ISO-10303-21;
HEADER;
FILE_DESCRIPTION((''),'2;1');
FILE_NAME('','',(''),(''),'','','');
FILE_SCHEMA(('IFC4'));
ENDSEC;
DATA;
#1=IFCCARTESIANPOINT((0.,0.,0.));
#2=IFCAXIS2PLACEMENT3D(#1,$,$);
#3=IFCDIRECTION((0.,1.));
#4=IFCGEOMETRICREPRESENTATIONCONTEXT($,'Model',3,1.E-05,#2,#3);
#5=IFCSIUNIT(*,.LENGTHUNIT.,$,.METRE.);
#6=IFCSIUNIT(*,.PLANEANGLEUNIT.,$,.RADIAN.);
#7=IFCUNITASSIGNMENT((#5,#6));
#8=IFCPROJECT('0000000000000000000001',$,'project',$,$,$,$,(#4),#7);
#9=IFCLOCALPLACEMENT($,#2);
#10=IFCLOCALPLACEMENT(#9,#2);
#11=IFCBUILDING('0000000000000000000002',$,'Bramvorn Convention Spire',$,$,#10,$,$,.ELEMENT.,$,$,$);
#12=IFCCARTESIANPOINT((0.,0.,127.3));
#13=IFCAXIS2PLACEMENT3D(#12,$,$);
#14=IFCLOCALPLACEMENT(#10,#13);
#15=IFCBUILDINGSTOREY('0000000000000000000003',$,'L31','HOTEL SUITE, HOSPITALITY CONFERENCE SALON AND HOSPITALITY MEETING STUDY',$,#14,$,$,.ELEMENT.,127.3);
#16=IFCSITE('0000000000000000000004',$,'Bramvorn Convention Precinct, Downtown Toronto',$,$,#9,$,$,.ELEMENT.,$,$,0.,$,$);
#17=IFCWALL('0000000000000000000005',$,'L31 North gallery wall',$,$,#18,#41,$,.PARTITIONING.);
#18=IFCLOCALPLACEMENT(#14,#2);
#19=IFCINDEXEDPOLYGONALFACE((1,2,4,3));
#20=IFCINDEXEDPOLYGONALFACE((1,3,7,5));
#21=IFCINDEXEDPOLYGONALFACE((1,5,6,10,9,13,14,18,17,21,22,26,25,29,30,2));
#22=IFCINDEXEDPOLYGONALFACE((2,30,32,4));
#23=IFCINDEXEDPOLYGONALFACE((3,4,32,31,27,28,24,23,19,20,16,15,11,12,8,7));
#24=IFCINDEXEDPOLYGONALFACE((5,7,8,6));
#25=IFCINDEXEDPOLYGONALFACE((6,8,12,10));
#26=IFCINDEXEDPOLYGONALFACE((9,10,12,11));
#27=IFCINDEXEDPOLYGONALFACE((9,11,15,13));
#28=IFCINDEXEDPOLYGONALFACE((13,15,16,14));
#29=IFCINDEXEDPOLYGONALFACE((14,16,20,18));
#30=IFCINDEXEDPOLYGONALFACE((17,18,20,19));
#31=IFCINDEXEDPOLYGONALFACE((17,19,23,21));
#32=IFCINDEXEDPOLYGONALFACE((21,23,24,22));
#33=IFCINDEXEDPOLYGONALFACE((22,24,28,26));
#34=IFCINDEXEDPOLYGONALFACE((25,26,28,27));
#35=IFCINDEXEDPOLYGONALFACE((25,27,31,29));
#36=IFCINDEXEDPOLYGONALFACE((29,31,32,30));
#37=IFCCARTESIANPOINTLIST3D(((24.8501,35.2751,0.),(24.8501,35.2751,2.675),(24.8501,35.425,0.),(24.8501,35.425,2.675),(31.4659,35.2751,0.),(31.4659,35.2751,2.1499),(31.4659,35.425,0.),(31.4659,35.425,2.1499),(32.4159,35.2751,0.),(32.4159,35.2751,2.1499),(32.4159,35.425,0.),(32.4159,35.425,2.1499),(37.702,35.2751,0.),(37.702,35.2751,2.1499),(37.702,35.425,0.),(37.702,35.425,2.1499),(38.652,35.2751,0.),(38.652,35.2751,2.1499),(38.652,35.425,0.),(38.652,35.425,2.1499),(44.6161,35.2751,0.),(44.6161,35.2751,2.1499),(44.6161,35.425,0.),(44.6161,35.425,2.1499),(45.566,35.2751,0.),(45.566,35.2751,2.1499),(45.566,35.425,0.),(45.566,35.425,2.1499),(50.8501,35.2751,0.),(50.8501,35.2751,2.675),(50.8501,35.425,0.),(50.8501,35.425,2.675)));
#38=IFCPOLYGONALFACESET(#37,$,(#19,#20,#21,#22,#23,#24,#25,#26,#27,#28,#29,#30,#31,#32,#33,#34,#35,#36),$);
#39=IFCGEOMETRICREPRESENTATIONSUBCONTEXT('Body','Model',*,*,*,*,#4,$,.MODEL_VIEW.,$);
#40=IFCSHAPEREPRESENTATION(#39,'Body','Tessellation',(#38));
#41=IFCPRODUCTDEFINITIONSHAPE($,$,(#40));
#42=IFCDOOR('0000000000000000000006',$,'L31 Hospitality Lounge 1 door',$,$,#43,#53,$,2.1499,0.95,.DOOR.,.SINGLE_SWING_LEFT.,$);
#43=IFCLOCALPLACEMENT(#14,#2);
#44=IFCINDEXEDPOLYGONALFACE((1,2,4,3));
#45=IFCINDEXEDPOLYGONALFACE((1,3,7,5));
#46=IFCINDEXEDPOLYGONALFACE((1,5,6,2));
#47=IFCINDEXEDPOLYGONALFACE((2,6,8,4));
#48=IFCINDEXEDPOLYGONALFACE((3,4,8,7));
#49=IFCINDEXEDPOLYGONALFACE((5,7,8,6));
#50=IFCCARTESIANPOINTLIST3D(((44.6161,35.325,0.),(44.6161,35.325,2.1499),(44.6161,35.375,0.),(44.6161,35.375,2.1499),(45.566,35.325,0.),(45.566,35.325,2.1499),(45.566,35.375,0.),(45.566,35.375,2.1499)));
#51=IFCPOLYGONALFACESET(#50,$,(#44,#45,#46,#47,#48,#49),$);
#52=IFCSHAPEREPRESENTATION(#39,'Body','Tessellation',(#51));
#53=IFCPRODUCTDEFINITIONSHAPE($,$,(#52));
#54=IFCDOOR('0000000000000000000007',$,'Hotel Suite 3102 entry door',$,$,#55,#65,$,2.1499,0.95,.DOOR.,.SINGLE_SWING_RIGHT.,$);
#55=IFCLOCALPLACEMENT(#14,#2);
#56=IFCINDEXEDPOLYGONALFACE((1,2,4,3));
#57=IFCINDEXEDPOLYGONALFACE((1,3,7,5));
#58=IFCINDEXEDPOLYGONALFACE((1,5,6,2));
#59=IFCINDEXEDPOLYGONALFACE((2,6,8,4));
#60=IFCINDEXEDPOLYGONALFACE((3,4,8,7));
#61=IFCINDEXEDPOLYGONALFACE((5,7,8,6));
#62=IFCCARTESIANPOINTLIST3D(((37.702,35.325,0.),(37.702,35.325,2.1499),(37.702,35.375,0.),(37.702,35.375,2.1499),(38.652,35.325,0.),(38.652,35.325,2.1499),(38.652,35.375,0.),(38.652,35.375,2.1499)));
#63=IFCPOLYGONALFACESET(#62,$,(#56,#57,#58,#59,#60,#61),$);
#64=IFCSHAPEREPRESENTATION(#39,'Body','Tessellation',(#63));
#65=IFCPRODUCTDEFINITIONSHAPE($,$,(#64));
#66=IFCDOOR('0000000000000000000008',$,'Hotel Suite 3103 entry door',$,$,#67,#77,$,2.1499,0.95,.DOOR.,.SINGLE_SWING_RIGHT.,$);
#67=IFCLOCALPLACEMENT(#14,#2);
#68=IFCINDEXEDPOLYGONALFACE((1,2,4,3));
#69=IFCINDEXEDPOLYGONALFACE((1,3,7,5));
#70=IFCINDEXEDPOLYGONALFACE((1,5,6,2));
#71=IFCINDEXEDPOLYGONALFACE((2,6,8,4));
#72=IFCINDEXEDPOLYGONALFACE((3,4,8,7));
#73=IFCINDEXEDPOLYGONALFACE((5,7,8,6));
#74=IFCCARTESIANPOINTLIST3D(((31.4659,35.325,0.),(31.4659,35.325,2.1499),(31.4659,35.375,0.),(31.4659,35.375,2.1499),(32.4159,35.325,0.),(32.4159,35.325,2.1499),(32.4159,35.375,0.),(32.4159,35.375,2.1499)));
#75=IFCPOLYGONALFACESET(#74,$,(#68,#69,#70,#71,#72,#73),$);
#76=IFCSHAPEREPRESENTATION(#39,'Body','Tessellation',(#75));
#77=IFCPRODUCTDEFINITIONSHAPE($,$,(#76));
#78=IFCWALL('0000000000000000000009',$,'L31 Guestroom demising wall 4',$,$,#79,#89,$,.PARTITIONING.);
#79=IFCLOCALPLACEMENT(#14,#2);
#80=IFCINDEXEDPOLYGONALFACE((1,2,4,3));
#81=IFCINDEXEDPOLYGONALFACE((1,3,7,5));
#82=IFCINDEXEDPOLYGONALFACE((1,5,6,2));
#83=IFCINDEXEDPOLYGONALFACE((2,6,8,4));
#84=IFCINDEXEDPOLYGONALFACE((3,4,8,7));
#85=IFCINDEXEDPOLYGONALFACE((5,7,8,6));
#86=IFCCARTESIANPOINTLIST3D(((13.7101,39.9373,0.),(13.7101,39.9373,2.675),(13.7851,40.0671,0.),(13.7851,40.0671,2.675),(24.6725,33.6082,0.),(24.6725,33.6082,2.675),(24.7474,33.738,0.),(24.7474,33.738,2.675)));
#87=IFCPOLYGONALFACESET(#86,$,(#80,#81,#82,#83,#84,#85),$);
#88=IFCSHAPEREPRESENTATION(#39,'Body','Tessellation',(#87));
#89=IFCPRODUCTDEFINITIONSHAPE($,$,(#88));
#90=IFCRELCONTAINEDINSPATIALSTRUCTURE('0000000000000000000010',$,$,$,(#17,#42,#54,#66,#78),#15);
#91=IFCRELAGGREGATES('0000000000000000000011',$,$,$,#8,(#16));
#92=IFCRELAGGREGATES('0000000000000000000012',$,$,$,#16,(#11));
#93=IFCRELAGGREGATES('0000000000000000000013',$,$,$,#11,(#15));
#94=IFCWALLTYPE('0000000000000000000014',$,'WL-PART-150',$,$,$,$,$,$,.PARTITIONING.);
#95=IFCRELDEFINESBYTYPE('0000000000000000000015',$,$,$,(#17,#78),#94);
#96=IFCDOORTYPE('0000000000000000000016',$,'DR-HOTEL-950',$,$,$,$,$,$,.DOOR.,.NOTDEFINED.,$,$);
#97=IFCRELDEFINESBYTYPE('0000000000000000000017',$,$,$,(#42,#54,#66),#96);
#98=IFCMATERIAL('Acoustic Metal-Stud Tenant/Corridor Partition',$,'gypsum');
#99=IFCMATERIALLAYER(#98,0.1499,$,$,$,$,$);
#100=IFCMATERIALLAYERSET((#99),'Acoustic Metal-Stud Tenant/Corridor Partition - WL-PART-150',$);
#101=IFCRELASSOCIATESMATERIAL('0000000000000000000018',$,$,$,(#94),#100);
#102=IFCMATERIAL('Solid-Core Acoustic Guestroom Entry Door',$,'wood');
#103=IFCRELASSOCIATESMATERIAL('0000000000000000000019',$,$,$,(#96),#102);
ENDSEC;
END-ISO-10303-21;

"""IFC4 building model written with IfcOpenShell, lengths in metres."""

from ifc_helpers import new_model, si_unit, direction, frame, frame_2d, origin, place, context, subcontext, project, spatial, rectangle, extrude, material, layer, layer_set, type_object, element, fill, save


model = new_model("IFC4")

# Units and contexts
model_context = context("Model", 3, precision=1e-05, world=origin(), true_north=direction((0.0, 1.0)))
body_context = subcontext(model_context, "Body", "Model", "MODEL_VIEW")
ifc_project = project(units=[si_unit("LENGTHUNIT", "METRE"), si_unit("PLANEANGLEUNIT", "RADIAN")], contexts=[model_context])

# Site, building, storey
site_placement = place(None, origin())
site = spatial("IfcSite", under=ifc_project, at=site_placement, Name="Bramvorn Convention Precinct, Downtown Toronto", CompositionType="ELEMENT", RefElevation=0.0)
building_placement = place(site_placement, origin())
building = spatial("IfcBuilding", under=site, at=building_placement, Name="Bramvorn Convention Spire", CompositionType="ELEMENT")
storey_placement = place(building_placement, frame((0.0, 0.0, 127.3)))
storey = spatial("IfcBuildingStorey", under=building, at=storey_placement, Name="L31", Description="HOTEL SUITE, HOSPITALITY CONFERENCE SALON AND HOSPITALITY MEETING STUDY", CompositionType="ELEMENT", Elevation=127.3)

# Wall, openings, doors
ifc_material_1 = material(Name="Acoustic Metal-Stud Tenant/Corridor Partition", Category="gypsum")
ifc_layer_1 = layer(ifc_material_1, 0.1499)
ifc_layer_set_1 = layer_set([ifc_layer_1], Name="Acoustic Metal-Stud Tenant/Corridor Partition - WL-PART-150")
wall_type_1 = type_object("IfcWallType", Name="WL-PART-150", PredefinedType="PARTITIONING", material=ifc_layer_set_1)
wall_1_placement = place(storey_placement, frame((24.8501, 35.3501, 0.0), z_axis=(0.0, 0.0, 1.0), x_axis=(1.0, 0.0, 0.0)))
wall_1 = element("IfcWall", 1, at=wall_1_placement, inside=storey, type_object=wall_type_1, Name="L31 North gallery wall", PredefinedType="PARTITIONING", context=body_context, shape_type="SweptSolid", body=[
    extrude(rectangle(XDim=26.0, YDim=0.1499, at=frame_2d((13.0, 0.0))), origin(), (0.0, 0.0, 1.0), 2.675),
])
opening_1_placement = place(wall_1_placement, frame((19.7659, 0.0, 0.0)))
opening_1 = element("IfcOpeningElement", 2, at=opening_1_placement, cuts=wall_1, PredefinedType="OPENING", context=body_context, shape_type="SweptSolid", body=[
    extrude(rectangle(XDim=0.95, YDim=2.1499, at=frame_2d((0.4751, 1.075))), frame((0.0, 0.085, 0.0), z_axis=(0.0, -1.0, 0.0), x_axis=(1.0, 0.0, 0.0)), (0.0, 0.0, 1.0), 0.1699),
])
opening_2_placement = place(wall_1_placement, frame((12.8518, 0.0, 0.0)))
opening_2 = element("IfcOpeningElement", 3, at=opening_2_placement, cuts=wall_1, PredefinedType="OPENING", context=body_context, shape_type="SweptSolid", body=[
    extrude(rectangle(XDim=0.95, YDim=2.1499, at=frame_2d((0.4751, 1.075))), frame((0.0, 0.085, 0.0), z_axis=(0.0, -1.0, 0.0), x_axis=(1.0, 0.0, 0.0)), (0.0, 0.0, 1.0), 0.1699),
])
opening_3_placement = place(wall_1_placement, frame((6.6157, 0.0, 0.0)))
opening_3 = element("IfcOpeningElement", 4, at=opening_3_placement, cuts=wall_1, PredefinedType="OPENING", context=body_context, shape_type="SweptSolid", body=[
    extrude(rectangle(XDim=0.95, YDim=2.1499, at=frame_2d((0.4751, 1.075))), frame((0.0, 0.085, 0.0), z_axis=(0.0, -1.0, 0.0), x_axis=(1.0, 0.0, 0.0)), (0.0, 0.0, 1.0), 0.1699),
])
ifc_material_2 = material(Name="Solid-Core Acoustic Guestroom Entry Door", Category="wood")
door_type_1 = type_object("IfcDoorType", Name="DR-HOTEL-950", OperationType="NOTDEFINED", PredefinedType="DOOR", material=ifc_material_2)
door_1_placement = place(opening_1_placement, origin())
door_1 = element("IfcDoor", 5, at=door_1_placement, inside=storey, type_object=door_type_1, Name="L31 Hospitality Lounge 1 door", OperationType="SINGLE_SWING_LEFT", OverallHeight=2.1499, OverallWidth=0.95, PredefinedType="DOOR", context=body_context, shape_type="SweptSolid", body=[
    extrude(rectangle(XDim=0.95, YDim=2.1499, at=frame_2d((0.4751, 1.075))), frame((0.0, 0.0249, 0.0), z_axis=(0.0, -1.0, 0.0), x_axis=(1.0, 0.0, 0.0)), (0.0, 0.0, 1.0), 0.05),
])
fill(opening_1, door_1)
door_2_placement = place(opening_2_placement, origin())
door_2 = element("IfcDoor", 6, at=door_2_placement, inside=storey, type_object=door_type_1, Name="Hotel Suite 3102 entry door", OperationType="SINGLE_SWING_RIGHT", OverallHeight=2.1499, OverallWidth=0.95, PredefinedType="DOOR", context=body_context, shape_type="SweptSolid", body=[
    extrude(rectangle(XDim=0.95, YDim=2.1499, at=frame_2d((0.4751, 1.075))), frame((0.0, 0.0249, 0.0), z_axis=(0.0, -1.0, 0.0), x_axis=(1.0, 0.0, 0.0)), (0.0, 0.0, 1.0), 0.05),
])
fill(opening_2, door_2)
door_3_placement = place(opening_3_placement, origin())
door_3 = element("IfcDoor", 7, at=door_3_placement, inside=storey, type_object=door_type_1, Name="Hotel Suite 3103 entry door", OperationType="SINGLE_SWING_RIGHT", OverallHeight=2.1499, OverallWidth=0.95, PredefinedType="DOOR", context=body_context, shape_type="SweptSolid", body=[
    extrude(rectangle(XDim=0.95, YDim=2.1499, at=frame_2d((0.4751, 1.075))), frame((0.0, 0.0249, 0.0), z_axis=(0.0, -1.0, 0.0), x_axis=(1.0, 0.0, 0.0)), (0.0, 0.0, 1.0), 0.05),
])
fill(opening_3, door_3)

# Wall
wall_2_placement = place(storey_placement, frame((24.71, 33.6731, 0.0), z_axis=(0.0, 0.0, 1.0), x_axis=(-0.866027, 0.499997, 0.0)))
element("IfcWall", 8, at=wall_2_placement, inside=storey, type_object=wall_type_1, Name="L31 Guestroom demising wall 4", PredefinedType="PARTITIONING", context=body_context, shape_type="SweptSolid", body=[
    extrude(rectangle(XDim=12.6582, YDim=0.1499, at=frame_2d((6.3291, 0.0))), origin(), (0.0, 0.0, 1.0), 2.675),
])

save(model, "model.ifc")
